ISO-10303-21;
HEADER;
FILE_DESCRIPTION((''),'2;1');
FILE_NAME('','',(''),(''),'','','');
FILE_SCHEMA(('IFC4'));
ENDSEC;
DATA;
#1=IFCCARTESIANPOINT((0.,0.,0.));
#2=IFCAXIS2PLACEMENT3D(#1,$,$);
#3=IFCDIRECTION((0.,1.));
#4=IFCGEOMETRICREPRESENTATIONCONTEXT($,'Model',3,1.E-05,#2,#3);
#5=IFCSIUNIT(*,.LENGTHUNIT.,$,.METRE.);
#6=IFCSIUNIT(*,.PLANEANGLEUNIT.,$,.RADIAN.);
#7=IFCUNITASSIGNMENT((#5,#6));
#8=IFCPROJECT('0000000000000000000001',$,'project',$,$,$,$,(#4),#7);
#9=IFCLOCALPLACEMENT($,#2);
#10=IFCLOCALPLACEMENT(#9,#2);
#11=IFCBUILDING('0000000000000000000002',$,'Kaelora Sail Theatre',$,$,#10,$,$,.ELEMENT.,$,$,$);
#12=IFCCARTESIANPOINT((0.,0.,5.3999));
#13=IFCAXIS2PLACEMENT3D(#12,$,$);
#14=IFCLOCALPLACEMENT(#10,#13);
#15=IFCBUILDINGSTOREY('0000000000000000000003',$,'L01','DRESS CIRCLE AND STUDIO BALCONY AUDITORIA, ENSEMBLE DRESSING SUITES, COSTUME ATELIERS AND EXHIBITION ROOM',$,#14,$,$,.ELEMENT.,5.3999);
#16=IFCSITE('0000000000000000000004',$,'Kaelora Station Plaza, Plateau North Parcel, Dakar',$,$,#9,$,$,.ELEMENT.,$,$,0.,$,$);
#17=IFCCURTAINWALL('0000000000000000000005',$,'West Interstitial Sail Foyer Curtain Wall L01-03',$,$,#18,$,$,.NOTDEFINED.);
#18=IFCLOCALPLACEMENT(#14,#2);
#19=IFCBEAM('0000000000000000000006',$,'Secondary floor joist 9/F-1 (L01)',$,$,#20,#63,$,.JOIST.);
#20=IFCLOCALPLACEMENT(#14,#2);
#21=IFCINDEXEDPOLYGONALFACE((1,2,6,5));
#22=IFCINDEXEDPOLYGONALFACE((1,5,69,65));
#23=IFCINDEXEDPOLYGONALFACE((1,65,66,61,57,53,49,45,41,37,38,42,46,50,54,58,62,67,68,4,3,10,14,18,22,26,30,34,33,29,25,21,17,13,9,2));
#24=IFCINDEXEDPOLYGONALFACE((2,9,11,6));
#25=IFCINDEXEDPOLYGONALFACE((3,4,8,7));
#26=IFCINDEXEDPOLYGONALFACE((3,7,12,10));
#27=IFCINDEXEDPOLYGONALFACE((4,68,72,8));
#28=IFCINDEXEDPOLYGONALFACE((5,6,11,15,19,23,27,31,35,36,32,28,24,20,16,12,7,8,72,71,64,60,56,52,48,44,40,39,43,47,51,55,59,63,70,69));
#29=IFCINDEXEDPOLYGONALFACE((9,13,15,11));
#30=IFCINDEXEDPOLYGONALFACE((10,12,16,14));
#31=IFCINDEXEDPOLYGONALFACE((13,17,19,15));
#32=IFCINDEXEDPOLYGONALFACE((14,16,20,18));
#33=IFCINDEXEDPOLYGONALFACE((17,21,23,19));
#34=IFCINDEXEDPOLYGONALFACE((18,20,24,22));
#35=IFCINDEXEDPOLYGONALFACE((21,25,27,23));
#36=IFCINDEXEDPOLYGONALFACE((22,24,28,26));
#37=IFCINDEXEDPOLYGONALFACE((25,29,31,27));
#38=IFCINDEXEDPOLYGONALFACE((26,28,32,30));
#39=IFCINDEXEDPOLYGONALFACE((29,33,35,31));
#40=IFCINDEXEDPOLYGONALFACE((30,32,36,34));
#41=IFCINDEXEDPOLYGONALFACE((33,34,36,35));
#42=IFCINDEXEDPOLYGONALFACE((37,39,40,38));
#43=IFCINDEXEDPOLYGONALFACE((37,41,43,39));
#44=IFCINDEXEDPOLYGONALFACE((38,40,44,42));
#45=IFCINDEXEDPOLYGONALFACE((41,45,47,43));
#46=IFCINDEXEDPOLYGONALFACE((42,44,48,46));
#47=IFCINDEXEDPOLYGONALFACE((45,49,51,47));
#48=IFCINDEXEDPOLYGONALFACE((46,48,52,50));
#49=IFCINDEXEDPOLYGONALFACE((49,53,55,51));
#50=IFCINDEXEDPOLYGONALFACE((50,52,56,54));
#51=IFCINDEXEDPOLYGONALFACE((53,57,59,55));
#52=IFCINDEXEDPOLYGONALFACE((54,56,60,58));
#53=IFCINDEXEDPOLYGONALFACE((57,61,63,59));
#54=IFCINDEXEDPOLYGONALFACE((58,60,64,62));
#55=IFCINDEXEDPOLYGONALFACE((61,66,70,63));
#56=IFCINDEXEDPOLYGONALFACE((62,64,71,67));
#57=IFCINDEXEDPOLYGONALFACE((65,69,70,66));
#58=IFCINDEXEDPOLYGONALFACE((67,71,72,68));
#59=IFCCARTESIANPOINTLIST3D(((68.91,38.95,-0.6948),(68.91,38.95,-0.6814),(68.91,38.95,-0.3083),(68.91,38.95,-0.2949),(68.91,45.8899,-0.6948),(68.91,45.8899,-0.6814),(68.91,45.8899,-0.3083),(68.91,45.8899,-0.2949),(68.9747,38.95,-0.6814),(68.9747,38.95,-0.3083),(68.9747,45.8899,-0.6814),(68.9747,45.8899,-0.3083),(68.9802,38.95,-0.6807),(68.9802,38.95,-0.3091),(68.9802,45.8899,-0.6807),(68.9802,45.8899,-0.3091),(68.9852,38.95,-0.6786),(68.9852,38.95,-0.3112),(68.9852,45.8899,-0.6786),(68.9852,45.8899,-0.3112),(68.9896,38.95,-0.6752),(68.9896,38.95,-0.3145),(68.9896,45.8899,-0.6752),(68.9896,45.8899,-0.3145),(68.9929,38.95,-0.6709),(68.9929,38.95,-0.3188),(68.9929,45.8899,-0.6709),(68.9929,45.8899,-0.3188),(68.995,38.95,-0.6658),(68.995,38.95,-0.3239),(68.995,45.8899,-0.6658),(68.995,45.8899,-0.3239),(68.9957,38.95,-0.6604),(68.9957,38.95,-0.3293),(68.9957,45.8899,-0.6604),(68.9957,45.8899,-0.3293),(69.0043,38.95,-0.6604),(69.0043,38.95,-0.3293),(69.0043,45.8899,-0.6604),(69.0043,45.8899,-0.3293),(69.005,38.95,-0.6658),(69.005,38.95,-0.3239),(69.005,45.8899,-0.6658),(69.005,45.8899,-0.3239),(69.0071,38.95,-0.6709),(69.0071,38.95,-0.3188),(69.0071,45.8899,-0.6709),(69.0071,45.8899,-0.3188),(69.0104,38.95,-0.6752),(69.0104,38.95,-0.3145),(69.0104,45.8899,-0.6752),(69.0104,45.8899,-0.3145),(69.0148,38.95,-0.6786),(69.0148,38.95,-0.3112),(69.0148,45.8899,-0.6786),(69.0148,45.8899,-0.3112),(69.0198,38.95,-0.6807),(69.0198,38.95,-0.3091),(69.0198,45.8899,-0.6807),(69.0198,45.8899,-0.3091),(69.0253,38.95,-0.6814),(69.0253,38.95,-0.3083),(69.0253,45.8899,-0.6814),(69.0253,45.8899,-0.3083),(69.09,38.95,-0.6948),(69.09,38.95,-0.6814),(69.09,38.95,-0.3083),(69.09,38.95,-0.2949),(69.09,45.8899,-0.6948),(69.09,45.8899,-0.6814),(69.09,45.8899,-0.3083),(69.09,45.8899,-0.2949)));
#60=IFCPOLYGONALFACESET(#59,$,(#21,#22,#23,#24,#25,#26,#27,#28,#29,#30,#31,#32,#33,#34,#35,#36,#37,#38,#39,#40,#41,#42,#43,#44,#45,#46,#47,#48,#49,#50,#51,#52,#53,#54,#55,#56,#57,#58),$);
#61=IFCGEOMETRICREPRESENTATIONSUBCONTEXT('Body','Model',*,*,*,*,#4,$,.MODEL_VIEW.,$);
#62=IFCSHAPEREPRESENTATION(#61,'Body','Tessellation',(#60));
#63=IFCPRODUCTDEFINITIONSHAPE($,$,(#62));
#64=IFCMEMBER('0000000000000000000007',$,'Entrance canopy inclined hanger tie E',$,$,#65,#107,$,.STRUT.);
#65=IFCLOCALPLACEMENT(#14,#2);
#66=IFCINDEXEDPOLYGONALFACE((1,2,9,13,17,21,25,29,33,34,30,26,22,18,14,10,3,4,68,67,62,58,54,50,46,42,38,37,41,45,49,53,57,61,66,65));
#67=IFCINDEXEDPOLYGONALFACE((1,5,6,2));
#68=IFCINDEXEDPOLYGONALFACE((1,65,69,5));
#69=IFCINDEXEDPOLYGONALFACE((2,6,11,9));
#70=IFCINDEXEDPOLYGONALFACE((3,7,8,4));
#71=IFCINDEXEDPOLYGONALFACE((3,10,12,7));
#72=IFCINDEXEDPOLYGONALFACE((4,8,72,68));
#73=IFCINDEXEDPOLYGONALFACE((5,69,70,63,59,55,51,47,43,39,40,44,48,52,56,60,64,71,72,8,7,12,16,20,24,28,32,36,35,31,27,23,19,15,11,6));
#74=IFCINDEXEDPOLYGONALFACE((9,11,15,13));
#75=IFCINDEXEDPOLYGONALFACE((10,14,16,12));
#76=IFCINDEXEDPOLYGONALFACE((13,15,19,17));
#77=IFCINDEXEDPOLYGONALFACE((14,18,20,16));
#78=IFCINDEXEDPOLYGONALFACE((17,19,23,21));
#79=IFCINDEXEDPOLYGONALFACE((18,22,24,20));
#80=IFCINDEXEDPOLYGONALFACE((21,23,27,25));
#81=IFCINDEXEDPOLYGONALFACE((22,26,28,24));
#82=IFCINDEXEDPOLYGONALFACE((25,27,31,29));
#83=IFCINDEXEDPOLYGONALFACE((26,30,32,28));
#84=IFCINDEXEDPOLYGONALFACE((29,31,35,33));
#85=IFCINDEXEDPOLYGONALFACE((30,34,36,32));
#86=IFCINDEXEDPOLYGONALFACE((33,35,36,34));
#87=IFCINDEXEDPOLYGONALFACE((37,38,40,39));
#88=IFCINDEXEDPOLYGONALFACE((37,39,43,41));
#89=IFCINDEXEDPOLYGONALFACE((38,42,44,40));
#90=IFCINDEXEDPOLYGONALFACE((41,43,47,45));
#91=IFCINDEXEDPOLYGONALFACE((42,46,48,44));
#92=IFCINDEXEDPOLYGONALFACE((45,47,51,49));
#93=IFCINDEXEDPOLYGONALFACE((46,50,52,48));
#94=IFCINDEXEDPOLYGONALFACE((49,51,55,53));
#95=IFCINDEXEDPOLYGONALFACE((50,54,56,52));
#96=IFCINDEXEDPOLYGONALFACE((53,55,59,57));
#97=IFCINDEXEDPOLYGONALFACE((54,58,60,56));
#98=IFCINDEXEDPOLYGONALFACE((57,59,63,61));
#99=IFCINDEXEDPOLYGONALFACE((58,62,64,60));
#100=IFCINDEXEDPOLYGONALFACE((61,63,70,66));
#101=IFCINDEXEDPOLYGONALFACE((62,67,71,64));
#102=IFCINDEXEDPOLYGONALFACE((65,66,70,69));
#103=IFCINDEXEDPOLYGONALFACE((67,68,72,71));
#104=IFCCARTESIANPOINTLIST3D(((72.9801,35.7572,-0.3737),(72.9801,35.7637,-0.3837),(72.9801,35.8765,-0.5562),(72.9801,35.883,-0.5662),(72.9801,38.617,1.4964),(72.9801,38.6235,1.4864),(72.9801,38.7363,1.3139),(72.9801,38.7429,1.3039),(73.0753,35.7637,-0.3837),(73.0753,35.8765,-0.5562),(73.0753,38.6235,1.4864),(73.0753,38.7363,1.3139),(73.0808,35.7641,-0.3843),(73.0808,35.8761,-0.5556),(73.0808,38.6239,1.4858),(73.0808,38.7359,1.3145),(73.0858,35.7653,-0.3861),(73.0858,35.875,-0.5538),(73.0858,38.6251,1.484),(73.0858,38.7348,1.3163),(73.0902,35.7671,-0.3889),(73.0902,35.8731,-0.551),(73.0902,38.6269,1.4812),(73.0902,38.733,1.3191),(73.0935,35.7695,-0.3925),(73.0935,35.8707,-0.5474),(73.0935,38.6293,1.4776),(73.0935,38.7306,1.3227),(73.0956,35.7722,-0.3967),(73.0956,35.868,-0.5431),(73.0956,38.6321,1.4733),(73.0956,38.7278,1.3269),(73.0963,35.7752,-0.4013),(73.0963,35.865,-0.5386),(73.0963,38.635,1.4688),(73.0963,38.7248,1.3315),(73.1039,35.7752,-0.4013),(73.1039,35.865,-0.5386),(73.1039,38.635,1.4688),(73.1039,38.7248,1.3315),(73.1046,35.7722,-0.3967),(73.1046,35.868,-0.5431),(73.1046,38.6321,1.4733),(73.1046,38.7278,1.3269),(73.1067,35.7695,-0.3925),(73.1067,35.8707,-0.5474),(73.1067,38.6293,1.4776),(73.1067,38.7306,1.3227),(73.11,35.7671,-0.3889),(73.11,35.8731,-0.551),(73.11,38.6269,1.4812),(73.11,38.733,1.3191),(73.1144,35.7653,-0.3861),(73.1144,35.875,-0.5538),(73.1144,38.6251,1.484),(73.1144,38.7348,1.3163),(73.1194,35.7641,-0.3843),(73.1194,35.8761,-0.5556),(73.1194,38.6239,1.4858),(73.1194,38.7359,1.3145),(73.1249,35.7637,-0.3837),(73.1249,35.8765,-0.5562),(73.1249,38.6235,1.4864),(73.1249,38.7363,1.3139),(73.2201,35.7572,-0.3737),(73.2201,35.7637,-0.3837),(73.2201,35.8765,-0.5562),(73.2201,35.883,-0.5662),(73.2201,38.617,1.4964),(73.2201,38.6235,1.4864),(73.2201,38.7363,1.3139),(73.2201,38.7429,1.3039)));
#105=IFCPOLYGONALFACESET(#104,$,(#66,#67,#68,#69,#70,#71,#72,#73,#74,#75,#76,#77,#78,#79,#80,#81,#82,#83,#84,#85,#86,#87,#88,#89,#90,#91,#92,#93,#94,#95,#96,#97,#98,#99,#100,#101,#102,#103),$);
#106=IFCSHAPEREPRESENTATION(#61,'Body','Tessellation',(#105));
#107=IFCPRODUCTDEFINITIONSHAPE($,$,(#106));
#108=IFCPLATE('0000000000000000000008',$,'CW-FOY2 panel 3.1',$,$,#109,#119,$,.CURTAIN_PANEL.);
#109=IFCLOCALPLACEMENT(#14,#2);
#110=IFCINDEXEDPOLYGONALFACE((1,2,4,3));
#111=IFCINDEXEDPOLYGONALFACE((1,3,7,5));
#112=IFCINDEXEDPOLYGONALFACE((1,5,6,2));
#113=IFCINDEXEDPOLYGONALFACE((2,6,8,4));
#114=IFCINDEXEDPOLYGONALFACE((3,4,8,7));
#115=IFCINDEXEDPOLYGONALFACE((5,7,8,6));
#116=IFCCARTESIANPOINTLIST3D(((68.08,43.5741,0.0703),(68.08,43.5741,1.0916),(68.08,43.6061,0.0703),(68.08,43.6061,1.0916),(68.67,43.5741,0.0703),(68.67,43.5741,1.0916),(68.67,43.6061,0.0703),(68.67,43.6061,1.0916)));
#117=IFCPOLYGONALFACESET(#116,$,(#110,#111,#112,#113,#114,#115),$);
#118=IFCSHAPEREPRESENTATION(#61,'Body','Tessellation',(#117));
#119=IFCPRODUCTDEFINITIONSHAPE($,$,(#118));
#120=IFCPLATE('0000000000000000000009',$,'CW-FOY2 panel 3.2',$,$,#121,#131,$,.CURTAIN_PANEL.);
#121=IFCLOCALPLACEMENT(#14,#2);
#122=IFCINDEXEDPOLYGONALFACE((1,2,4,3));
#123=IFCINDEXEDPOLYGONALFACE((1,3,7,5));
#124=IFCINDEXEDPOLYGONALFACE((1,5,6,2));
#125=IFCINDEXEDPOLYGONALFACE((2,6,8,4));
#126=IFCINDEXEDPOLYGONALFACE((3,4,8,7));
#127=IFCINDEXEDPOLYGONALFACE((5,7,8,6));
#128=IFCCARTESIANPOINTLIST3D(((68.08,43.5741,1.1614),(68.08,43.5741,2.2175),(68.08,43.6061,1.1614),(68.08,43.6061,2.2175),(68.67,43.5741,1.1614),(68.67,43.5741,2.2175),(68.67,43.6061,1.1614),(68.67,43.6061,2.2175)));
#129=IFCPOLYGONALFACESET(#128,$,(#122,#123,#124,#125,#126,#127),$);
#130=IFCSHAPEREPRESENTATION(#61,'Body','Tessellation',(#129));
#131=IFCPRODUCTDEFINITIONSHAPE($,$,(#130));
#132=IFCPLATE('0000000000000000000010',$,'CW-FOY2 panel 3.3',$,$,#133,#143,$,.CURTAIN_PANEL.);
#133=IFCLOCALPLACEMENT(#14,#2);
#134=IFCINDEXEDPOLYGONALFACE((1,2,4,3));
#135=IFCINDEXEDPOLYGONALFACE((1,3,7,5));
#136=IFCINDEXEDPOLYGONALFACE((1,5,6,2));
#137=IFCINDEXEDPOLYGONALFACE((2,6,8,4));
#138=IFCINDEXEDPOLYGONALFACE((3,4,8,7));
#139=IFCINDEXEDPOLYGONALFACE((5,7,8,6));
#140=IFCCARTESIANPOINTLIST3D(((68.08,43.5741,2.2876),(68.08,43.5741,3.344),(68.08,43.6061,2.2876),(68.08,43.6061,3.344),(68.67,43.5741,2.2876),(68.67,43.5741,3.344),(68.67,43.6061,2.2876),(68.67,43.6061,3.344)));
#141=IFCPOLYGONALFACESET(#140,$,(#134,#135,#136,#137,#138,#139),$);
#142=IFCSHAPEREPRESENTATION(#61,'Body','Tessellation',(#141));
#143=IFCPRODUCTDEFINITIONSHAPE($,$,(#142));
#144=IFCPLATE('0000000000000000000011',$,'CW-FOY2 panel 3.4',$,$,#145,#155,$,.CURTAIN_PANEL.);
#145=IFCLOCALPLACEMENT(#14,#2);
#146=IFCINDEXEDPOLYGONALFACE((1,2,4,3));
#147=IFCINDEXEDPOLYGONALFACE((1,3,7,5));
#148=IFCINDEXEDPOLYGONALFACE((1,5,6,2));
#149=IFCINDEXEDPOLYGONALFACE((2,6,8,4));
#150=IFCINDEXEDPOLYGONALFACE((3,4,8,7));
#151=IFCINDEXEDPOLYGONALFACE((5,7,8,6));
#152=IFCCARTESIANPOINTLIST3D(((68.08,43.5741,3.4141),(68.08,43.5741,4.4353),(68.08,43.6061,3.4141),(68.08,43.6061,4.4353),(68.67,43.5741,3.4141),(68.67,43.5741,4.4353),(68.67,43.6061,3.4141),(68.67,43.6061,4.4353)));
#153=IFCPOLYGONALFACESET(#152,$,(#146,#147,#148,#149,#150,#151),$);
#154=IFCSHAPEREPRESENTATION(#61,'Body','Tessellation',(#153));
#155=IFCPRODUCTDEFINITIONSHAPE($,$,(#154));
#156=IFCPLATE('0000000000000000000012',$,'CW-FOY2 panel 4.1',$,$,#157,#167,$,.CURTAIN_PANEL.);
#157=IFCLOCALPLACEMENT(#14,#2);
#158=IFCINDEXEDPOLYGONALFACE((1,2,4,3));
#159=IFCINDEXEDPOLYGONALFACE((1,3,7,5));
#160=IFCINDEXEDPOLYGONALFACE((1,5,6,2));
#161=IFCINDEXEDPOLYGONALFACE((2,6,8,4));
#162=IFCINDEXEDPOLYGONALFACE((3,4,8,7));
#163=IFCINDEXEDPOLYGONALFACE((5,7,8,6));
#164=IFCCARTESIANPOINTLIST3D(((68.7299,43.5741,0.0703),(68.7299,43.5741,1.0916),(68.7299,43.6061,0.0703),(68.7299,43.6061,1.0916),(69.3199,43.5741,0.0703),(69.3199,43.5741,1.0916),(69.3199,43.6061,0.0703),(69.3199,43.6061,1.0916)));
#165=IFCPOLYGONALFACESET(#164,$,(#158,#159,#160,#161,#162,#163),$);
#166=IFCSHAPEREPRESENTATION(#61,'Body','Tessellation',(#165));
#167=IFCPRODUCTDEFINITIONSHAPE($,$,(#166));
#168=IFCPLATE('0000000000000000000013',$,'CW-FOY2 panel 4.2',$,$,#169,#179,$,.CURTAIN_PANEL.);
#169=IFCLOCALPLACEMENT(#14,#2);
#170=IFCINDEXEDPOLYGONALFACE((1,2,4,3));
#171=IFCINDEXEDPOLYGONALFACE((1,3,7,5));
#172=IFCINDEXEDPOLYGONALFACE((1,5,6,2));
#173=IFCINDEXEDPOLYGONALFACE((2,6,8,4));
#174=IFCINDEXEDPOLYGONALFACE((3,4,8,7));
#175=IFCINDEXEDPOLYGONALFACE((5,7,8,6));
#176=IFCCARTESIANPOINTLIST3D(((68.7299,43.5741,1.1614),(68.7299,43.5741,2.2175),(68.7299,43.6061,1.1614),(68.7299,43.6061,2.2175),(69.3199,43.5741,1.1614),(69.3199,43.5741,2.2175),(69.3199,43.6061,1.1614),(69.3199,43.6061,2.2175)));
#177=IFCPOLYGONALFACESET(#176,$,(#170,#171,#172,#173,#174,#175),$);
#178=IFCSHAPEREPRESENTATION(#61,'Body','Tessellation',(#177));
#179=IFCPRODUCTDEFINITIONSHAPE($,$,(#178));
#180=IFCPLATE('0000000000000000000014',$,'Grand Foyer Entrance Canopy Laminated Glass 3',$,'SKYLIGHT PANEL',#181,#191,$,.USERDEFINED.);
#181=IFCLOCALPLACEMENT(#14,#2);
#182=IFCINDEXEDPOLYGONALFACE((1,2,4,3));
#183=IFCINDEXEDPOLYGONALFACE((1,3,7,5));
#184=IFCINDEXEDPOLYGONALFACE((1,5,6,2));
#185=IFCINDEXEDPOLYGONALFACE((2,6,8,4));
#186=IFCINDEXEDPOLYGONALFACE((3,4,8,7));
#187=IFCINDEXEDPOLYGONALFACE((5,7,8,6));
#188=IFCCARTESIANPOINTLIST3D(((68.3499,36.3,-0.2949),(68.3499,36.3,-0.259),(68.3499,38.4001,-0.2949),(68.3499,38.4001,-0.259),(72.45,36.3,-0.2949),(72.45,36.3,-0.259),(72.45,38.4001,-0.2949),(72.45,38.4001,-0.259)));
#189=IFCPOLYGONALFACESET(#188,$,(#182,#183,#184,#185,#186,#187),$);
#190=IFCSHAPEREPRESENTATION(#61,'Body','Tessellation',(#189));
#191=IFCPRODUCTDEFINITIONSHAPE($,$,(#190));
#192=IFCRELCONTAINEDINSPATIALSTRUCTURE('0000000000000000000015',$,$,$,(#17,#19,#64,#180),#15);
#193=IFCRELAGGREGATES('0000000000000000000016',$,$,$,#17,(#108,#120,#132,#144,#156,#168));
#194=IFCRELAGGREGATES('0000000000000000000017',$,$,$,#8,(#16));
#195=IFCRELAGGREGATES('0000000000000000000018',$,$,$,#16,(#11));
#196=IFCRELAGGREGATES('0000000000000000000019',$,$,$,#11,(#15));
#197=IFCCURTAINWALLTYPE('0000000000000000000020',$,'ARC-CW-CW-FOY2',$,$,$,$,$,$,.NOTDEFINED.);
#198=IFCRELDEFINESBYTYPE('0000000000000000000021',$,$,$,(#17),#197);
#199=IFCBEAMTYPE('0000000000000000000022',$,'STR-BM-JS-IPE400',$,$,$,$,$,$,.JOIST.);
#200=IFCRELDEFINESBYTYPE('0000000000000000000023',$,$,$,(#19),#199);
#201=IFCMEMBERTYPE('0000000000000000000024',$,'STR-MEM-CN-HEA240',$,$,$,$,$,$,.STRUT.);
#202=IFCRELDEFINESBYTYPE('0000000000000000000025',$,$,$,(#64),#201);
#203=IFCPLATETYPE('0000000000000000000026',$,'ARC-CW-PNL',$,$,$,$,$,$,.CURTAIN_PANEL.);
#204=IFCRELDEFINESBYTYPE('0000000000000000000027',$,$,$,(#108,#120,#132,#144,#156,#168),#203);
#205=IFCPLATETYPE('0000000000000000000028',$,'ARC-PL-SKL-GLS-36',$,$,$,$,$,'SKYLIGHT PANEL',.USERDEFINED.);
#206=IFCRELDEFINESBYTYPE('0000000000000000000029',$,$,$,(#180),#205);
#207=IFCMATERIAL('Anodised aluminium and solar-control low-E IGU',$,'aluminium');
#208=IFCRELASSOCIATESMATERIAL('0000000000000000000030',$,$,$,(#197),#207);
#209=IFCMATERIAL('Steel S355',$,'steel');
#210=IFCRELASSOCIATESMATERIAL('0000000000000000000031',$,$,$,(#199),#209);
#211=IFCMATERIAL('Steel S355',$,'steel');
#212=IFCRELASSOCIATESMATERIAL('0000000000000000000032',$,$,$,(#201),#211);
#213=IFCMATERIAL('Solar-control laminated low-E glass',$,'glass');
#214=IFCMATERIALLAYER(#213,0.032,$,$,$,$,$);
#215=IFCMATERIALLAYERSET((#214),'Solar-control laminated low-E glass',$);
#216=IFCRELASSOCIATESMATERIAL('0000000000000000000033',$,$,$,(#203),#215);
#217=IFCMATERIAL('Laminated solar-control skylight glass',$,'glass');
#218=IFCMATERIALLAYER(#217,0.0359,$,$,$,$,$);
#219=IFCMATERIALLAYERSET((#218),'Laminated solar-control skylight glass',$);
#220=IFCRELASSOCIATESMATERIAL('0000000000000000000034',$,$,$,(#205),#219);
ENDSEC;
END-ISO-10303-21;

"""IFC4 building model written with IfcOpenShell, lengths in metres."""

from ifc_helpers import new_model, si_unit, direction, frame, origin, origin_2d, place, context, subcontext, project, spatial, rectangle, i_section, extrude, material, layer, layer_set, material_profile, profile_set, type_object, element, aggregate, save


model = new_model("IFC4")

# Units and contexts
model_context = context("Model", 3, precision=1e-05, world=origin(), true_north=direction((0.0, 1.0)))
body_context = subcontext(model_context, "Body", "Model", "MODEL_VIEW")
ifc_project = project(units=[si_unit("LENGTHUNIT", "METRE"), si_unit("PLANEANGLEUNIT", "RADIAN")], contexts=[model_context])

# Site, building, storey
site_placement = place(None, origin())
site = spatial("IfcSite", under=ifc_project, at=site_placement, Name="Kaelora Station Plaza, Plateau North Parcel, Dakar", CompositionType="ELEMENT", RefElevation=0.0)
building_placement = place(site_placement, origin())
building = spatial("IfcBuilding", under=site, at=building_placement, Name="Kaelora Sail Theatre", CompositionType="ELEMENT")
storey_placement = place(building_placement, frame((0.0, 0.0, 5.3999)))
storey = spatial("IfcBuildingStorey", under=building, at=storey_placement, Name="L01", Description="DRESS CIRCLE AND STUDIO BALCONY AUDITORIA, ENSEMBLE DRESSING SUITES, COSTUME ATELIERS AND EXHIBITION ROOM", CompositionType="ELEMENT", Elevation=5.3999)

# Curtain wall
ifc_material_1 = material(Name="Anodised aluminium and solar-control low-E IGU", Category="aluminium")
curtain_wall_type = type_object("IfcCurtainWallType", Name="ARC-CW-CW-FOY2", PredefinedType="NOTDEFINED", material=ifc_material_1)
curtain_wall_placement = place(storey_placement, origin())
curtain_wall = element("IfcCurtainWall", 1, at=curtain_wall_placement, inside=storey, type_object=curtain_wall_type, Name="West Interstitial Sail Foyer Curtain Wall L01-03", PredefinedType="NOTDEFINED")

# Beam
ifc_material_2 = material(Name="Steel S355", Category="steel")
ifc_material_profile_1 = material_profile(ifc_material_2, i_section(OverallWidth=0.1799, OverallDepth=0.3999, WebThickness=0.0085, FlangeThickness=0.0134, FilletRadius=0.021, at=origin_2d()), Name="IPE 400")
ifc_profile_set_1 = profile_set([ifc_material_profile_1], Name="Steel S355")
beam_type_1 = type_object("IfcBeamType", Name="STR-BM-JS-IPE400", PredefinedType="JOIST", material=ifc_profile_set_1)
beam_1_placement = place(storey_placement, frame((69.0, 38.95, -0.4949), z_axis=(0.0, 1.0, 0.0), x_axis=(-1.0, 0.0, 0.0)))
element("IfcBeam", 2, at=beam_1_placement, inside=storey, type_object=beam_type_1, Name="Secondary floor joist 9/F-1 (L01)", PredefinedType="JOIST", context=body_context, shape_type="SweptSolid", body=[
    extrude(i_section(OverallWidth=0.1799, OverallDepth=0.3999, WebThickness=0.0085, FlangeThickness=0.0134, FilletRadius=0.021, at=origin_2d()), origin(), (0.0, 0.0, 1.0), 6.9399),
])

# Member
ifc_material_3 = material(Name="Steel S355", Category="steel")
ifc_material_profile_2 = material_profile(ifc_material_3, i_section(OverallWidth=0.24, OverallDepth=0.23, WebThickness=0.0076, FlangeThickness=0.012, FilletRadius=0.021, at=origin_2d()), Name="HEA 240")
ifc_profile_set_2 = profile_set([ifc_material_profile_2], Name="Steel S355")
member_type_1 = type_object("IfcMemberType", Name="STR-MEM-CN-HEA240", PredefinedType="STRUT", material=ifc_profile_set_2)
member_1_placement = place(storey_placement, frame((73.1001, 38.6799, 1.4001), z_axis=(0.0, -0.836942, -0.547292), x_axis=(1.0, 0.0, 0.0)))
element("IfcMember", 3, at=member_1_placement, inside=storey, type_object=member_type_1, Name="Entrance canopy inclined hanger tie E", PredefinedType="STRUT", context=body_context, shape_type="SweptSolid", body=[
    extrude(i_section(OverallWidth=0.24, OverallDepth=0.23, WebThickness=0.0076, FlangeThickness=0.012, FilletRadius=0.021, at=origin_2d()), origin(), (0.0, 0.0, 1.0), 3.417),
])

# Plates
ifc_material_4 = material(Name="Solar-control laminated low-E glass", Category="glass")
ifc_layer_1 = layer(ifc_material_4, 0.032)
ifc_layer_set_1 = layer_set([ifc_layer_1], Name="Solar-control laminated low-E glass")
plate_type_1 = type_object("IfcPlateType", Name="ARC-CW-PNL", PredefinedType="CURTAIN_PANEL", material=ifc_layer_set_1)
plate_1_placement = place(storey_placement, frame((68.375, 43.5901, 0.0703), z_axis=(0.0, 0.0, 1.0), x_axis=(1.0, 0.0, 0.0)))
plate_1 = element("IfcPlate", 4, at=plate_1_placement, type_object=plate_type_1, Name="CW-FOY2 panel 3.1", PredefinedType="CURTAIN_PANEL", context=body_context, shape_type="SweptSolid", body=[
    extrude(rectangle(XDim=0.5901, YDim=0.032, at=origin_2d()), origin(), (0.0, 0.0, 1.0), 1.0212),
])
plate_2_placement = place(storey_placement, frame((68.375, 43.5901, 1.1614), z_axis=(0.0, 0.0, 1.0), x_axis=(1.0, 0.0, 0.0)))
plate_2 = element("IfcPlate", 5, at=plate_2_placement, type_object=plate_type_1, Name="CW-FOY2 panel 3.2", PredefinedType="CURTAIN_PANEL", context=body_context, shape_type="SweptSolid", body=[
    extrude(rectangle(XDim=0.5901, YDim=0.032, at=origin_2d()), origin(), (0.0, 0.0, 1.0), 1.0562),
])
plate_3_placement = place(storey_placement, frame((68.375, 43.5901, 2.2876), z_axis=(0.0, 0.0, 1.0), x_axis=(1.0, 0.0, 0.0)))
plate_3 = element("IfcPlate", 6, at=plate_3_placement, type_object=plate_type_1, Name="CW-FOY2 panel 3.3", PredefinedType="CURTAIN_PANEL", context=body_context, shape_type="SweptSolid", body=[
    extrude(rectangle(XDim=0.5901, YDim=0.032, at=origin_2d()), origin(), (0.0, 0.0, 1.0), 1.0564),
])
plate_4_placement = place(storey_placement, frame((68.375, 43.5901, 3.4141), z_axis=(0.0, 0.0, 1.0), x_axis=(1.0, 0.0, 0.0)))
plate_4 = element("IfcPlate", 7, at=plate_4_placement, type_object=plate_type_1, Name="CW-FOY2 panel 3.4", PredefinedType="CURTAIN_PANEL", context=body_context, shape_type="SweptSolid", body=[
    extrude(rectangle(XDim=0.5901, YDim=0.032, at=origin_2d()), origin(), (0.0, 0.0, 1.0), 1.0212),
])
plate_5_placement = place(storey_placement, frame((69.0249, 43.5901, 0.0703), z_axis=(0.0, 0.0, 1.0), x_axis=(1.0, 0.0, 0.0)))
plate_5 = element("IfcPlate", 8, at=plate_5_placement, type_object=plate_type_1, Name="CW-FOY2 panel 4.1", PredefinedType="CURTAIN_PANEL", context=body_context, shape_type="SweptSolid", body=[
    extrude(rectangle(XDim=0.5901, YDim=0.032, at=origin_2d()), origin(), (0.0, 0.0, 1.0), 1.0212),
])
plate_6_placement = place(storey_placement, frame((69.0249, 43.5901, 1.1614), z_axis=(0.0, 0.0, 1.0), x_axis=(1.0, 0.0, 0.0)))
plate_6 = element("IfcPlate", 9, at=plate_6_placement, type_object=plate_type_1, Name="CW-FOY2 panel 4.2", PredefinedType="CURTAIN_PANEL", context=body_context, shape_type="SweptSolid", body=[
    extrude(rectangle(XDim=0.5901, YDim=0.032, at=origin_2d()), origin(), (0.0, 0.0, 1.0), 1.0562),
])
aggregate(curtain_wall, [plate_1, plate_2, plate_3, plate_4, plate_5, plate_6])

# Plate
ifc_material_5 = material(Name="Laminated solar-control skylight glass", Category="glass")
ifc_layer_2 = layer(ifc_material_5, 0.0359)
ifc_layer_set_2 = layer_set([ifc_layer_2], Name="Laminated solar-control skylight glass")
plate_type_2 = type_object("IfcPlateType", Name="ARC-PL-SKL-GLS-36", ElementType="SKYLIGHT PANEL", PredefinedType="USERDEFINED", material=ifc_layer_set_2)
plate_7_placement = place(storey_placement, frame((70.3999, 37.3501, -0.2949), z_axis=(0.0, 0.0, 1.0), x_axis=(1.0, 0.0, 0.0)))
element("IfcPlate", 10, at=plate_7_placement, inside=storey, type_object=plate_type_2, Name="Grand Foyer Entrance Canopy Laminated Glass 3", ObjectType="SKYLIGHT PANEL", PredefinedType="USERDEFINED", context=body_context, shape_type="SweptSolid", body=[
    extrude(rectangle(XDim=4.1001, YDim=2.1001, at=origin_2d()), origin(), (0.0, 0.0, 1.0), 0.0359),
])

save(model, "model.ifc")
